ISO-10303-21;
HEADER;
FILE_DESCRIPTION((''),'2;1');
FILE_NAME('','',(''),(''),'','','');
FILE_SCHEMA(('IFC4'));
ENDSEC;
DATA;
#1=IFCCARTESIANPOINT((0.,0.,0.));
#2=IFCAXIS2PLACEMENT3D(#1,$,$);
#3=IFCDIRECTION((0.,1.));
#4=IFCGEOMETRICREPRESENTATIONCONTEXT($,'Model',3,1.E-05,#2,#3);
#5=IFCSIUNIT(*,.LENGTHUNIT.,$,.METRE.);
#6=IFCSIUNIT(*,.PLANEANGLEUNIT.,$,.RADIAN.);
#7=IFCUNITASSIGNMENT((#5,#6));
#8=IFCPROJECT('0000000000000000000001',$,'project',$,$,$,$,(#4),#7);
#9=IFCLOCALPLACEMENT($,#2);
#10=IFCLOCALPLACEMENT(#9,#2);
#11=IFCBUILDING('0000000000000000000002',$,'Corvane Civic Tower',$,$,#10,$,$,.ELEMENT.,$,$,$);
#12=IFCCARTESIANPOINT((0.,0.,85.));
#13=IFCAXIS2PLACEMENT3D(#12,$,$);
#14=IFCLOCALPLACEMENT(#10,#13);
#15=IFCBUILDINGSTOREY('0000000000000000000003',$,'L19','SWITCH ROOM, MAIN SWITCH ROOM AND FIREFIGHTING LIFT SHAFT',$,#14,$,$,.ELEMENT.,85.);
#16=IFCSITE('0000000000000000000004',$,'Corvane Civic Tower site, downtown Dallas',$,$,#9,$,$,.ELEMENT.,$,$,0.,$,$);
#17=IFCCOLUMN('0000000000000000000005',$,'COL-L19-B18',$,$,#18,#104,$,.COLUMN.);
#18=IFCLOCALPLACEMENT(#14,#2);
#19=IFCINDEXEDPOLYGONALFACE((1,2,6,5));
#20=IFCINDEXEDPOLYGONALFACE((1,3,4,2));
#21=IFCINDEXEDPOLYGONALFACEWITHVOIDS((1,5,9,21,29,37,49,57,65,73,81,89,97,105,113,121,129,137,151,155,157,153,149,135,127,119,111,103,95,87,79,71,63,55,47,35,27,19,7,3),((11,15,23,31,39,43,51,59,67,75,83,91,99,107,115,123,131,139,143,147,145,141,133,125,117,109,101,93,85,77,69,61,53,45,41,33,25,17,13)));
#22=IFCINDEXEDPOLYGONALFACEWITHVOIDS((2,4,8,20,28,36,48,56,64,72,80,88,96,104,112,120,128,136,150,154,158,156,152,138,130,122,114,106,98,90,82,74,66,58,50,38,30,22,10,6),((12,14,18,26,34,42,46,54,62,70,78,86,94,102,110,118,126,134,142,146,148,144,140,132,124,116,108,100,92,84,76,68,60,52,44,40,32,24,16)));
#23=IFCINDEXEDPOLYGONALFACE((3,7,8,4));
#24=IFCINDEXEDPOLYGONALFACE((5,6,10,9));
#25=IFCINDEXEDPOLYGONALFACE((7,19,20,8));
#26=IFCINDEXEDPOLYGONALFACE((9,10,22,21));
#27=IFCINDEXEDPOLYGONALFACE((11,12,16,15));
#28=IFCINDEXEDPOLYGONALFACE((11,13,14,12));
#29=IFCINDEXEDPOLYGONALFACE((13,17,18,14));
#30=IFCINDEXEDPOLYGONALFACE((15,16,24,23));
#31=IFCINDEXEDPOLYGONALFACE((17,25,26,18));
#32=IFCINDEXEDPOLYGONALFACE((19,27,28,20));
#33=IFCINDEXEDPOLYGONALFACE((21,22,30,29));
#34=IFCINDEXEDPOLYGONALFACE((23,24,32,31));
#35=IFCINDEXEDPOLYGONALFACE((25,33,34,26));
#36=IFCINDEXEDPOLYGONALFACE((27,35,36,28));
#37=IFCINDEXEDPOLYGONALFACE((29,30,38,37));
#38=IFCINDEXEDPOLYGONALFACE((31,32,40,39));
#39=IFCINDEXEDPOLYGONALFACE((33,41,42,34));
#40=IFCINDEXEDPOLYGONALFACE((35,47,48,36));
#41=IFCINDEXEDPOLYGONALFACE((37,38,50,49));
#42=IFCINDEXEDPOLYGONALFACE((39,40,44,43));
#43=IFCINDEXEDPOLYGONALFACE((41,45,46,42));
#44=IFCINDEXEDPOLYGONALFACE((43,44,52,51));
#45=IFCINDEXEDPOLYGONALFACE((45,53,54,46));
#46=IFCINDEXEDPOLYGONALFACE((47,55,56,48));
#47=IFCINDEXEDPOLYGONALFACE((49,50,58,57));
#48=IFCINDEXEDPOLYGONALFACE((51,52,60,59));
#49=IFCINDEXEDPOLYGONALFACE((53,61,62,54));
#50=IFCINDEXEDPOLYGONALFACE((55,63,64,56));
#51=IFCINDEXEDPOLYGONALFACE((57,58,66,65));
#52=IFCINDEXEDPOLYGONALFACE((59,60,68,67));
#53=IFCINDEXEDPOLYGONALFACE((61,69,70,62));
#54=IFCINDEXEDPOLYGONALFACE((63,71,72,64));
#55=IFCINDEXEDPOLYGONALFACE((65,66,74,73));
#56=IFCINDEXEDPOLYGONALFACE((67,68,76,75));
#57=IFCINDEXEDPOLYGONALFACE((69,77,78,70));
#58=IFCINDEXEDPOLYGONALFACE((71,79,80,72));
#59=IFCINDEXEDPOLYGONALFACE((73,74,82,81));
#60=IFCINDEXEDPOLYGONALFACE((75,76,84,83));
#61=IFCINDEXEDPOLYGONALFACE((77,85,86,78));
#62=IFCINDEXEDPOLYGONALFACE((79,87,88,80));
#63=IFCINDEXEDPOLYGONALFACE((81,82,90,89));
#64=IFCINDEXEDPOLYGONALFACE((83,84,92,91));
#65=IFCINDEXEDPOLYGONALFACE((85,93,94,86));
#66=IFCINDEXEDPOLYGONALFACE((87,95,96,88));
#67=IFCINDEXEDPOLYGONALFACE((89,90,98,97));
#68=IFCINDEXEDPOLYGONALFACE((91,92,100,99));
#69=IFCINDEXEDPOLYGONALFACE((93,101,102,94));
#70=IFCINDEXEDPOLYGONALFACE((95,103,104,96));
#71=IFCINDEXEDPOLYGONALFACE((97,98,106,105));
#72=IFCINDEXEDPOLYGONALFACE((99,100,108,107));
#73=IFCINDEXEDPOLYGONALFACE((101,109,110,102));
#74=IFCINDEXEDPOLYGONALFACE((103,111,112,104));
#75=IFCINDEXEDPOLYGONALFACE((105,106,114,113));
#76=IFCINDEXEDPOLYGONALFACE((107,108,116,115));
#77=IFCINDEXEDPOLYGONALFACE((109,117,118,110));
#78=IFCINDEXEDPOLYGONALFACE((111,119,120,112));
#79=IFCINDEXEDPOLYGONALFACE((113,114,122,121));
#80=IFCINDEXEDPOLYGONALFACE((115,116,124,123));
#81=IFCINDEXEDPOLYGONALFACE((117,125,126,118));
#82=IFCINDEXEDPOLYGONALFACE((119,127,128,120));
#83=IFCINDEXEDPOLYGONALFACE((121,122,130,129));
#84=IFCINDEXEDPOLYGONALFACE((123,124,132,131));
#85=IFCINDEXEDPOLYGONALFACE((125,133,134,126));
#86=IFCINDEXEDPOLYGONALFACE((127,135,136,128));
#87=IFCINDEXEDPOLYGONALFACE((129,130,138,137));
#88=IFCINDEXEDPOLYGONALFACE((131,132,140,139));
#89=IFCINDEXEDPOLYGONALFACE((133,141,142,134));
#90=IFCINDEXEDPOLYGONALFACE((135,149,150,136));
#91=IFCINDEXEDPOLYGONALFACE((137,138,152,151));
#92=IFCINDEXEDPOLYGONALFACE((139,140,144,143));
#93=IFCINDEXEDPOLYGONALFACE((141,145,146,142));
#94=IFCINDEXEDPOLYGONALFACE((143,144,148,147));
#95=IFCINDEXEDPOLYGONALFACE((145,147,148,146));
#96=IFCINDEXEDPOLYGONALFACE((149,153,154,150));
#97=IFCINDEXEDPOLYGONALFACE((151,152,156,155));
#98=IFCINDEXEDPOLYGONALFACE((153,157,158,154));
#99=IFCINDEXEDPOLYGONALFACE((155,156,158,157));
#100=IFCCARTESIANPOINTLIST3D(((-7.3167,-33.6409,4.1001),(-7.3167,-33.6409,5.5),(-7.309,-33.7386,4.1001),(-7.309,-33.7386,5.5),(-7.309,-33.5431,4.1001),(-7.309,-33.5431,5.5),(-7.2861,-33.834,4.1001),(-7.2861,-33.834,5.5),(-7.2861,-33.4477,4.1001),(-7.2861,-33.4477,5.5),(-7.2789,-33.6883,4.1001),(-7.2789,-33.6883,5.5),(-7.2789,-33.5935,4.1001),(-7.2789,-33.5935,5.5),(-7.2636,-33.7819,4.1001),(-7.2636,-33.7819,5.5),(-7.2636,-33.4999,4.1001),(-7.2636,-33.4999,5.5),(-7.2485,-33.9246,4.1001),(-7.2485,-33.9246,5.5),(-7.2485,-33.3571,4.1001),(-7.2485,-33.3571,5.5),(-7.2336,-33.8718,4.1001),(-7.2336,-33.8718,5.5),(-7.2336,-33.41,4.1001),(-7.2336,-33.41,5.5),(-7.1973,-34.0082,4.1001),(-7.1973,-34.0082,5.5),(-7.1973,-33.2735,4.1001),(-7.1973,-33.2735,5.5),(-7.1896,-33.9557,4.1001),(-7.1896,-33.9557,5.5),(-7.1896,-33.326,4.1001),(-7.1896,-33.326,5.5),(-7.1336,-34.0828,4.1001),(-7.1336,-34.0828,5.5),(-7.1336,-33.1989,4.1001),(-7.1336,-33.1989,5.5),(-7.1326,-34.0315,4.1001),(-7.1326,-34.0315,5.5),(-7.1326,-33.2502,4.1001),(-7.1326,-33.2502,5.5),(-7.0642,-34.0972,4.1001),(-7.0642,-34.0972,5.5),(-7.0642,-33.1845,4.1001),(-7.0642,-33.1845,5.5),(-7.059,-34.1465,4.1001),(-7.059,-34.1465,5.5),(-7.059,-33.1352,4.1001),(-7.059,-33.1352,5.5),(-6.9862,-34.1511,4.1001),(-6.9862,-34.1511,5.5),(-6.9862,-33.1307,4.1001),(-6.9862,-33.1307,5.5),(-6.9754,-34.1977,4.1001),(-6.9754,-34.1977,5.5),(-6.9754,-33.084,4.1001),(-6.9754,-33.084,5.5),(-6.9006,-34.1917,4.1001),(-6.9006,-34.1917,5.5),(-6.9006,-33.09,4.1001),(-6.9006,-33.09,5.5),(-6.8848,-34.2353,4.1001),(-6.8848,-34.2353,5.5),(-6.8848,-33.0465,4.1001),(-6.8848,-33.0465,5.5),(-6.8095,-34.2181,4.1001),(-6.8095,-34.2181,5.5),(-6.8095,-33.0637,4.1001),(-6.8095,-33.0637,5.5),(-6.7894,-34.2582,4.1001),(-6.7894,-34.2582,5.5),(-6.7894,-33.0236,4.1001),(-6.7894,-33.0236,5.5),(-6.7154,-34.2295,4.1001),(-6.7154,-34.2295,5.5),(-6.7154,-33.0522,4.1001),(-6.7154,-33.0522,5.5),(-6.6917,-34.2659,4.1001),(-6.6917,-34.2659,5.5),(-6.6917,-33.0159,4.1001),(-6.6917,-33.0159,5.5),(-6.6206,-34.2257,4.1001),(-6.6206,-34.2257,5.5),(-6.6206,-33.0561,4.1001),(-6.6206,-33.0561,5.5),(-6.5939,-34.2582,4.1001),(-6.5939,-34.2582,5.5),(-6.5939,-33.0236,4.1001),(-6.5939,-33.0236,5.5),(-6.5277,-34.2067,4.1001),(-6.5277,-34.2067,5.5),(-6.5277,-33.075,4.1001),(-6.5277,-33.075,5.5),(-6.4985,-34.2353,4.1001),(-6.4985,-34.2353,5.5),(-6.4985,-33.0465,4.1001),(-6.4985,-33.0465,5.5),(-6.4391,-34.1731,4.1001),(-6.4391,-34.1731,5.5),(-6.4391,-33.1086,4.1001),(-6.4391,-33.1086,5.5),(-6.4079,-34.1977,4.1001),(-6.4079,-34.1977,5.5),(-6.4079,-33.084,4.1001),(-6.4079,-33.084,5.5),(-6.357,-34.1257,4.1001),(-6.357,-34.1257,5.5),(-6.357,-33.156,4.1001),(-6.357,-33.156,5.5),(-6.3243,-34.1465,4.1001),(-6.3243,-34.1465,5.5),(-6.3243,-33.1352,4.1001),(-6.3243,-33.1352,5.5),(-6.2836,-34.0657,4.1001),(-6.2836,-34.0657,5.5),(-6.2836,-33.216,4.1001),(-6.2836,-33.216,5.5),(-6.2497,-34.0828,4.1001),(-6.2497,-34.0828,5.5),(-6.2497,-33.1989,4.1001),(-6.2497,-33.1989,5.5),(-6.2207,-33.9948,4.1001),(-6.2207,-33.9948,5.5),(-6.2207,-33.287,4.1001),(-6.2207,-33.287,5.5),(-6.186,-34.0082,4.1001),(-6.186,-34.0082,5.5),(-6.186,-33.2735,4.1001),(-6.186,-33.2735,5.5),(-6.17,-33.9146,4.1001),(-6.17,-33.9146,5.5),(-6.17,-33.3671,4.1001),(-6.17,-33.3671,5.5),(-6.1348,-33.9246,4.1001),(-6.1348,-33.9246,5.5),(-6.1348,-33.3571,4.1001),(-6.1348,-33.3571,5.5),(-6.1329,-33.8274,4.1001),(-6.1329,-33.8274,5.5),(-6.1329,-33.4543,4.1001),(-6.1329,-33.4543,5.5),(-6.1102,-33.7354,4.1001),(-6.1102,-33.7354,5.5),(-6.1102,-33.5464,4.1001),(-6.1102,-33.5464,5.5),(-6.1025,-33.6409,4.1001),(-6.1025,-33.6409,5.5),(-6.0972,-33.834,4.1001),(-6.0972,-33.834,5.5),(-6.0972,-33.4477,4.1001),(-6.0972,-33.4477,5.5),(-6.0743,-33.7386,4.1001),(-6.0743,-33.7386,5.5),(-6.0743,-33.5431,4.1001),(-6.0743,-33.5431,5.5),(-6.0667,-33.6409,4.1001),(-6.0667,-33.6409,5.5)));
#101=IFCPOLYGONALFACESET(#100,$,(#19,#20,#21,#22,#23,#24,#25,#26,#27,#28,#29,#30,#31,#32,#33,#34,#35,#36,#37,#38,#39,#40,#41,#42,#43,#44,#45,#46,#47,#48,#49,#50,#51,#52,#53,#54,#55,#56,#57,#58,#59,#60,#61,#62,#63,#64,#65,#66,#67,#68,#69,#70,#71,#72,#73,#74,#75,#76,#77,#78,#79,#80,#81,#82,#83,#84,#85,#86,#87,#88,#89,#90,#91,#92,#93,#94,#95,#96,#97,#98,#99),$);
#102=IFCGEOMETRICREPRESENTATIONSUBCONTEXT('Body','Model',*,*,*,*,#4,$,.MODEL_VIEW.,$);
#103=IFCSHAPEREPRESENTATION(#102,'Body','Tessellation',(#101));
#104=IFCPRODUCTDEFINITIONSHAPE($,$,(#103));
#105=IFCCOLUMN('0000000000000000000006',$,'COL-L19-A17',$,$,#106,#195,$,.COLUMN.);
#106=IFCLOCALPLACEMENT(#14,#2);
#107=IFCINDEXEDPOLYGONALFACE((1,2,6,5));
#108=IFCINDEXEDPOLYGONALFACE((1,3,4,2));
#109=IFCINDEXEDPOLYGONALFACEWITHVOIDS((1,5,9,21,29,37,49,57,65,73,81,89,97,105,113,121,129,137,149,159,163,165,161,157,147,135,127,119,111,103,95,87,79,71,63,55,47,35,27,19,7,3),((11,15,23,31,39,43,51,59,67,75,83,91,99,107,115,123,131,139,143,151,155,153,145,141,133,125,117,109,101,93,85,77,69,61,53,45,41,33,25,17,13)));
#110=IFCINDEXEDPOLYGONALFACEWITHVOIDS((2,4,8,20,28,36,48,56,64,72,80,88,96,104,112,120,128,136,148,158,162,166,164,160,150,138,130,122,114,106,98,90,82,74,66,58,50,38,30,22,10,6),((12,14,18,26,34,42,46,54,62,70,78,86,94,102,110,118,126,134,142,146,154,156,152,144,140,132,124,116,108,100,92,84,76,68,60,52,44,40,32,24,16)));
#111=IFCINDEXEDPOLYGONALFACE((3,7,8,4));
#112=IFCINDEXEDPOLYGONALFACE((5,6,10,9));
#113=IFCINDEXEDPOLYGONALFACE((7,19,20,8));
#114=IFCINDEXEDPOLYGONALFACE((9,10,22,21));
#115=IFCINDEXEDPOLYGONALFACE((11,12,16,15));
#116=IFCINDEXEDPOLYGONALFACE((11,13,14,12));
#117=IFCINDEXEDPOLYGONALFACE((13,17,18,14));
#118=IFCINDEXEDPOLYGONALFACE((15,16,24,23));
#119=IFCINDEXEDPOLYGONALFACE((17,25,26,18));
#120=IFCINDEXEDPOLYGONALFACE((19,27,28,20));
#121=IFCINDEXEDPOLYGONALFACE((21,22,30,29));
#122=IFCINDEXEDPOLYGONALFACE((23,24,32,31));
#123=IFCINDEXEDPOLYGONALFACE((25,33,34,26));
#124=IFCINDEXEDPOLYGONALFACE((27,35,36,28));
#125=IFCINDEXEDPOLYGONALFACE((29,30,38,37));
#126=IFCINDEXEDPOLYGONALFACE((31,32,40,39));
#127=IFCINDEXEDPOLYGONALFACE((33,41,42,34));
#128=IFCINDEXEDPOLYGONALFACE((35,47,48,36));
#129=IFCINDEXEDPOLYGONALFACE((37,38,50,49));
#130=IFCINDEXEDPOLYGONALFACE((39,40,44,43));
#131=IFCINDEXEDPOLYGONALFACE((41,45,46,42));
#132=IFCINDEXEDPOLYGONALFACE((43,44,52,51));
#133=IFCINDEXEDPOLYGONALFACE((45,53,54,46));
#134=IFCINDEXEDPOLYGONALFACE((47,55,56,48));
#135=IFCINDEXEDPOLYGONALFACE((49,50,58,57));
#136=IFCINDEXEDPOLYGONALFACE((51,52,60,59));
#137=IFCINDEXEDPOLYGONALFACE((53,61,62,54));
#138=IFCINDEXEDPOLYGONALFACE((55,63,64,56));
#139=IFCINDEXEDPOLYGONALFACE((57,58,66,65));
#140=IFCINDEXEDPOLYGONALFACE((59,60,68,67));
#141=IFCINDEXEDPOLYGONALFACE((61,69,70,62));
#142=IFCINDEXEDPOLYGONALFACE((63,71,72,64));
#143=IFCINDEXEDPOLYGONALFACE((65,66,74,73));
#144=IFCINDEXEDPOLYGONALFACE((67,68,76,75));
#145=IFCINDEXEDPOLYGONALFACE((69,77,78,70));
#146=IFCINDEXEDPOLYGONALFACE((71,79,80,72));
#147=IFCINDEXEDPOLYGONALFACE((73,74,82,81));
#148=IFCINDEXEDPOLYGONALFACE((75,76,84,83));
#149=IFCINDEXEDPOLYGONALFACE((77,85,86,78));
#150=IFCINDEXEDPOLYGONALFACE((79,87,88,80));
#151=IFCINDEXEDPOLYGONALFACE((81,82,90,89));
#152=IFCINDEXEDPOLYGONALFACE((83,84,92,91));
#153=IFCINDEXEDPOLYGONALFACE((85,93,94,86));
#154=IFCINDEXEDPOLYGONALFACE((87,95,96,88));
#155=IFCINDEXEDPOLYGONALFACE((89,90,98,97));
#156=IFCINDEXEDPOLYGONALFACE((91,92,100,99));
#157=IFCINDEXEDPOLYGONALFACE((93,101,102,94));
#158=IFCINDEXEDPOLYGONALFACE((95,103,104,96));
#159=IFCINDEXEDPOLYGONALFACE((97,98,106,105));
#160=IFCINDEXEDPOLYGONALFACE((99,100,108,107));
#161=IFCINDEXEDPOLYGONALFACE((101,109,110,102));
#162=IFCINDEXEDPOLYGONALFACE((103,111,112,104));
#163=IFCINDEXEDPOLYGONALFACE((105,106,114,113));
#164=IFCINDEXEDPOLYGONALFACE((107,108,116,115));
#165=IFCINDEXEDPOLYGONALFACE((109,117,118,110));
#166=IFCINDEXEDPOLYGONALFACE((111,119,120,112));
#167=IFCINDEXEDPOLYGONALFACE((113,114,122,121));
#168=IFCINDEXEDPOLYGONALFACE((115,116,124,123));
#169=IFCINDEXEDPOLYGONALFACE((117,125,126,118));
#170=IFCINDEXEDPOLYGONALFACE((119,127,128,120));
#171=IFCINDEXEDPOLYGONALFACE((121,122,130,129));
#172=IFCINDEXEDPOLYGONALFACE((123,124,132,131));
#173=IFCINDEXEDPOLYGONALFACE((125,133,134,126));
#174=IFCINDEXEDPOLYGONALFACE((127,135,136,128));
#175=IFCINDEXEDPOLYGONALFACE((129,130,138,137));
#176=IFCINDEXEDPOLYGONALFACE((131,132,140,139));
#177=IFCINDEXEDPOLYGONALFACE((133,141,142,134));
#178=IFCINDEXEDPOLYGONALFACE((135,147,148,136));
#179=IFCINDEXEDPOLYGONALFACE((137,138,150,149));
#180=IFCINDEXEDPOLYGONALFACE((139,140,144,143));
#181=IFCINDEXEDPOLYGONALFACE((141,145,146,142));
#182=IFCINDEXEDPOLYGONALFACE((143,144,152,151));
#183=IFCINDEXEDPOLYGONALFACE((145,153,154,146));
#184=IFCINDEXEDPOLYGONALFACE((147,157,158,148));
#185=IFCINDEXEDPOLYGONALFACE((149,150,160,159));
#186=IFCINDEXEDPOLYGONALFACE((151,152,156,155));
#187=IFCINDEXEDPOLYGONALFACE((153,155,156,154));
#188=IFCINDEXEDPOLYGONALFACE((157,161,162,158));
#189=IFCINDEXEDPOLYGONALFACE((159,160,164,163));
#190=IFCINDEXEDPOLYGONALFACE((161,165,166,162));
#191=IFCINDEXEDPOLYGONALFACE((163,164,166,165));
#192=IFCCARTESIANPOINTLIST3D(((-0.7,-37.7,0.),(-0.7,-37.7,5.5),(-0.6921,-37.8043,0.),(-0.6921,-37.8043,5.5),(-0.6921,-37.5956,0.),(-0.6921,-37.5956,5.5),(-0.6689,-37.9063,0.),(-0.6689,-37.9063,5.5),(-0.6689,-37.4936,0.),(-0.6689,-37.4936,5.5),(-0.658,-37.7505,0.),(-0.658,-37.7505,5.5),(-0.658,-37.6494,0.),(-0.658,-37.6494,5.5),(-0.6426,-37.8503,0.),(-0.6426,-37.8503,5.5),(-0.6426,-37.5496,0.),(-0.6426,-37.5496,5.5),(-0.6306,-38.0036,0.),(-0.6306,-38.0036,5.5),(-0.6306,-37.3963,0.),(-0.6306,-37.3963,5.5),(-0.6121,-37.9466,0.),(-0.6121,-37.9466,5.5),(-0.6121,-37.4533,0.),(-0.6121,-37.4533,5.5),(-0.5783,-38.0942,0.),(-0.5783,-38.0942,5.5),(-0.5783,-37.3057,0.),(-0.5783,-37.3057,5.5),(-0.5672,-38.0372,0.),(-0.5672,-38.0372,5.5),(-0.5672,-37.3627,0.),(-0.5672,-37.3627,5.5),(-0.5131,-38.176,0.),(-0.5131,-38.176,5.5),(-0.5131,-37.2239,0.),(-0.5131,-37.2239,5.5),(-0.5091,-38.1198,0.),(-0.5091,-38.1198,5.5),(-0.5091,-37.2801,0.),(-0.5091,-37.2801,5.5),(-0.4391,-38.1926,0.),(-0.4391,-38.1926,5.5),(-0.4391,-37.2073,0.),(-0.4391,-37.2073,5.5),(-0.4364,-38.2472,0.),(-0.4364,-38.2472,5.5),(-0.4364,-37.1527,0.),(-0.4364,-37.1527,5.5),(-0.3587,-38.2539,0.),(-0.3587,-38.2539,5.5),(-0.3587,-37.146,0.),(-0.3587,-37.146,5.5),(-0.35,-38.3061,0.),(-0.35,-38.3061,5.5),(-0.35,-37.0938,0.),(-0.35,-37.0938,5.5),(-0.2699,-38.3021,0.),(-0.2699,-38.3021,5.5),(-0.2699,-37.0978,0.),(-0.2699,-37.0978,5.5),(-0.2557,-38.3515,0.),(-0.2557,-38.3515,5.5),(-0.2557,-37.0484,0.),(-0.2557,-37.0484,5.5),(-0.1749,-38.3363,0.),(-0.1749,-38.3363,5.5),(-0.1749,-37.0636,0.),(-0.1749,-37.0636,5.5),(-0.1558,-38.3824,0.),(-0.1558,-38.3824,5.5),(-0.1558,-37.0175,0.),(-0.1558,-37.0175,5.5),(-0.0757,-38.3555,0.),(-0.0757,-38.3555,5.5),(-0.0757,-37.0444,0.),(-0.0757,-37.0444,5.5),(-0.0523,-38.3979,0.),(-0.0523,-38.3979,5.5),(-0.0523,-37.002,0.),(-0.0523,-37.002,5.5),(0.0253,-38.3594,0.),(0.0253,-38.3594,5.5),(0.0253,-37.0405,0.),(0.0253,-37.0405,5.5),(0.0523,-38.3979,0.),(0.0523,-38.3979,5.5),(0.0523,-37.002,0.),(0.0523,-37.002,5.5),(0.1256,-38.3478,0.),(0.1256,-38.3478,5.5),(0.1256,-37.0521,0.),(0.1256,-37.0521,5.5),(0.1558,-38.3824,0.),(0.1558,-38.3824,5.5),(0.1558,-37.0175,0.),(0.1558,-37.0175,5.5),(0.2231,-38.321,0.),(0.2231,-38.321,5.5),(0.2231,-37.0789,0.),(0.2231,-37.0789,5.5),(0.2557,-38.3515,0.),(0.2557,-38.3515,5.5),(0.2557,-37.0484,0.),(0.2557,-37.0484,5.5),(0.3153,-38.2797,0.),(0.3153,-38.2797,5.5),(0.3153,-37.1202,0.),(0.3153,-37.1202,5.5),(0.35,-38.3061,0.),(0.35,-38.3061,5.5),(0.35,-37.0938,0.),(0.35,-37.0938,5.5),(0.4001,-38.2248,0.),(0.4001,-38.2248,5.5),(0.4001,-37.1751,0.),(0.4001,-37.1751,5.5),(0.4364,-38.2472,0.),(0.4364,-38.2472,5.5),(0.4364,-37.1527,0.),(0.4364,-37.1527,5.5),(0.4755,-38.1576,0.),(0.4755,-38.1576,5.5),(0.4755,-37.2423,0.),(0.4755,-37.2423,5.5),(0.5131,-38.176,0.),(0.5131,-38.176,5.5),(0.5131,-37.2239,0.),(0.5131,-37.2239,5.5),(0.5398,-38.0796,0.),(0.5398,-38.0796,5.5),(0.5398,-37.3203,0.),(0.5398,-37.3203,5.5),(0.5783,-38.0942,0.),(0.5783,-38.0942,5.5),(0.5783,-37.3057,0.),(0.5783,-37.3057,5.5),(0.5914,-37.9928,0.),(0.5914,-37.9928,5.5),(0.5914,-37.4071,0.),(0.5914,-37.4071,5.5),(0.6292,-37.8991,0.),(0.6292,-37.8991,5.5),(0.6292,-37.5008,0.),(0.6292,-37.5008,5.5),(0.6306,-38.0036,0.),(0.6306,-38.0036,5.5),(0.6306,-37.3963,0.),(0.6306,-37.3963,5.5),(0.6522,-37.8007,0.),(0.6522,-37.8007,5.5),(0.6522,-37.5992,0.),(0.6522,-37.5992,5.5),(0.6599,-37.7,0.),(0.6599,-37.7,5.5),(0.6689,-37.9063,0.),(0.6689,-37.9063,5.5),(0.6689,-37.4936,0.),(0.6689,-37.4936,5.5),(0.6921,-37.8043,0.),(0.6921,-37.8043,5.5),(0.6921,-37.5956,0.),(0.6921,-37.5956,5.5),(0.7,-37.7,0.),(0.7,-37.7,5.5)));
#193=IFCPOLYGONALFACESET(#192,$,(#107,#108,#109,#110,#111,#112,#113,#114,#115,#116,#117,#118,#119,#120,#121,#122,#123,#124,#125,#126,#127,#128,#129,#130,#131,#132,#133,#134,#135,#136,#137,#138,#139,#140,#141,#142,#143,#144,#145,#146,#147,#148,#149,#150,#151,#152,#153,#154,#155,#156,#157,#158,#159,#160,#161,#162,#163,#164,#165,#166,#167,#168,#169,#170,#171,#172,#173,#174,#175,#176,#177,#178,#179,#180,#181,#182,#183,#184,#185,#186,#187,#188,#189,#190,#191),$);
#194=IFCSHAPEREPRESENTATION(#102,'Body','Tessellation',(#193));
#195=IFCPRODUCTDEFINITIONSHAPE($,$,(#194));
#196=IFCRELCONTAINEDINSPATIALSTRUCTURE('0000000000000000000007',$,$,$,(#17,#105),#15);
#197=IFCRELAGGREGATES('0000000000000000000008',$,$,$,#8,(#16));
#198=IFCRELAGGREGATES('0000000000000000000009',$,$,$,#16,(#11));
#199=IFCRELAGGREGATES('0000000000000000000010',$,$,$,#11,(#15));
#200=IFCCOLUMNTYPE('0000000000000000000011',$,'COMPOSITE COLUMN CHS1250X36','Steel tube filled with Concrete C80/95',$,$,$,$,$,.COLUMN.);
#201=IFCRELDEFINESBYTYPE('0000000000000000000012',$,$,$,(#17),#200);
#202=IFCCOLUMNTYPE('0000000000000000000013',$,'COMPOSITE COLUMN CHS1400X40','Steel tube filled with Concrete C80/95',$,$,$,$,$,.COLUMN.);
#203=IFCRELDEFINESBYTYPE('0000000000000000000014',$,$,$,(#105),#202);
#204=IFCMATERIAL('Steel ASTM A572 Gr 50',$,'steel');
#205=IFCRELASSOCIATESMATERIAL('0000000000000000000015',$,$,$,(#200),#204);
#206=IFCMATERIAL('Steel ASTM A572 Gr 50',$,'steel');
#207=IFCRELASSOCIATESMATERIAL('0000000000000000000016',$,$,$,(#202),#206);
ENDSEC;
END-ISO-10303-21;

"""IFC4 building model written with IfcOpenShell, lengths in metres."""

from ifc_helpers import new_model, si_unit, direction, frame, origin, origin_2d, place, context, subcontext, project, spatial, hollow_circle, extrude, material, material_profile, profile_set, type_object, element, save


model = new_model("IFC4")

# Units and contexts
model_context = context("Model", 3, precision=1e-05, world=origin(), true_north=direction((0.0, 1.0)))
body_context = subcontext(model_context, "Body", "Model", "MODEL_VIEW")
ifc_project = project(units=[si_unit("LENGTHUNIT", "METRE"), si_unit("PLANEANGLEUNIT", "RADIAN")], contexts=[model_context])

# Site, building, storey
site_placement = place(None, origin())
site = spatial("IfcSite", under=ifc_project, at=site_placement, Name="Corvane Civic Tower site, downtown Dallas", CompositionType="ELEMENT", RefElevation=0.0)
building_placement = place(site_placement, origin())
building = spatial("IfcBuilding", under=site, at=building_placement, Name="Corvane Civic Tower", CompositionType="ELEMENT")
storey_placement = place(building_placement, frame((0.0, 0.0, 85.0)))
storey = spatial("IfcBuildingStorey", under=building, at=storey_placement, Name="L19", Description="SWITCH ROOM, MAIN SWITCH ROOM AND FIREFIGHTING LIFT SHAFT", CompositionType="ELEMENT", Elevation=85.0)

# Columns
ifc_material_1 = material(Name="Steel ASTM A572 Gr 50", Category="steel")
ifc_material_profile_1 = material_profile(ifc_material_1, hollow_circle(Radius=0.625, WallThickness=0.0359, at=origin_2d()), Name="CHS1250X36")
ifc_profile_set_1 = profile_set([ifc_material_profile_1], Name="Steel ASTM A572 Gr 50")
column_type_1 = type_object("IfcColumnType", Name="COMPOSITE COLUMN CHS1250X36", Description="Steel tube filled with Concrete C80/95", PredefinedType="COLUMN", material=ifc_profile_set_1)
column_placement = place(storey_placement, frame((-6.6917, -33.6409, 4.1001), z_axis=(0.0, 0.0, 1.0), x_axis=(1.0, 0.0, 0.0)))
element("IfcColumn", 1, at=column_placement, inside=storey, type_object=column_type_1, Name="COL-L19-B18", PredefinedType="COLUMN", context=body_context, shape_type="SweptSolid", body=[
    extrude(hollow_circle(Radius=0.625, WallThickness=0.0359, at=origin_2d()), origin(), (0.0, 0.0, 1.0), 1.3999),
])
ifc_material_2 = material(Name="Steel ASTM A572 Gr 50", Category="steel")
ifc_material_profile_2 = material_profile(ifc_material_2, hollow_circle(Radius=0.7, WallThickness=0.04, at=origin_2d()), Name="CHS1400X40")
ifc_profile_set_2 = profile_set([ifc_material_profile_2], Name="Steel ASTM A572 Gr 50")
column_type_2 = type_object("IfcColumnType", Name="COMPOSITE COLUMN CHS1400X40", Description="Steel tube filled with Concrete C80/95", PredefinedType="COLUMN", material=ifc_profile_set_2)
for number, where, z_axis, x_axis, name in (
    (2, (0.0, -37.7, 0.0), (0.0, 0.0, 1.0), (1.0, 0.0, 0.0), "COL-L19-A17"),
):
    element("IfcColumn", number, at=place(storey_placement, frame(where, z_axis=z_axis, x_axis=x_axis)), inside=storey, type_object=column_type_2, Name=name, PredefinedType="COLUMN", context=body_context, shape_type="SweptSolid", body=[
        extrude(hollow_circle(Radius=0.7, WallThickness=0.04, at=origin_2d()), origin(), (0.0, 0.0, 1.0), 5.5),
    ])

save(model, "model.ifc")
